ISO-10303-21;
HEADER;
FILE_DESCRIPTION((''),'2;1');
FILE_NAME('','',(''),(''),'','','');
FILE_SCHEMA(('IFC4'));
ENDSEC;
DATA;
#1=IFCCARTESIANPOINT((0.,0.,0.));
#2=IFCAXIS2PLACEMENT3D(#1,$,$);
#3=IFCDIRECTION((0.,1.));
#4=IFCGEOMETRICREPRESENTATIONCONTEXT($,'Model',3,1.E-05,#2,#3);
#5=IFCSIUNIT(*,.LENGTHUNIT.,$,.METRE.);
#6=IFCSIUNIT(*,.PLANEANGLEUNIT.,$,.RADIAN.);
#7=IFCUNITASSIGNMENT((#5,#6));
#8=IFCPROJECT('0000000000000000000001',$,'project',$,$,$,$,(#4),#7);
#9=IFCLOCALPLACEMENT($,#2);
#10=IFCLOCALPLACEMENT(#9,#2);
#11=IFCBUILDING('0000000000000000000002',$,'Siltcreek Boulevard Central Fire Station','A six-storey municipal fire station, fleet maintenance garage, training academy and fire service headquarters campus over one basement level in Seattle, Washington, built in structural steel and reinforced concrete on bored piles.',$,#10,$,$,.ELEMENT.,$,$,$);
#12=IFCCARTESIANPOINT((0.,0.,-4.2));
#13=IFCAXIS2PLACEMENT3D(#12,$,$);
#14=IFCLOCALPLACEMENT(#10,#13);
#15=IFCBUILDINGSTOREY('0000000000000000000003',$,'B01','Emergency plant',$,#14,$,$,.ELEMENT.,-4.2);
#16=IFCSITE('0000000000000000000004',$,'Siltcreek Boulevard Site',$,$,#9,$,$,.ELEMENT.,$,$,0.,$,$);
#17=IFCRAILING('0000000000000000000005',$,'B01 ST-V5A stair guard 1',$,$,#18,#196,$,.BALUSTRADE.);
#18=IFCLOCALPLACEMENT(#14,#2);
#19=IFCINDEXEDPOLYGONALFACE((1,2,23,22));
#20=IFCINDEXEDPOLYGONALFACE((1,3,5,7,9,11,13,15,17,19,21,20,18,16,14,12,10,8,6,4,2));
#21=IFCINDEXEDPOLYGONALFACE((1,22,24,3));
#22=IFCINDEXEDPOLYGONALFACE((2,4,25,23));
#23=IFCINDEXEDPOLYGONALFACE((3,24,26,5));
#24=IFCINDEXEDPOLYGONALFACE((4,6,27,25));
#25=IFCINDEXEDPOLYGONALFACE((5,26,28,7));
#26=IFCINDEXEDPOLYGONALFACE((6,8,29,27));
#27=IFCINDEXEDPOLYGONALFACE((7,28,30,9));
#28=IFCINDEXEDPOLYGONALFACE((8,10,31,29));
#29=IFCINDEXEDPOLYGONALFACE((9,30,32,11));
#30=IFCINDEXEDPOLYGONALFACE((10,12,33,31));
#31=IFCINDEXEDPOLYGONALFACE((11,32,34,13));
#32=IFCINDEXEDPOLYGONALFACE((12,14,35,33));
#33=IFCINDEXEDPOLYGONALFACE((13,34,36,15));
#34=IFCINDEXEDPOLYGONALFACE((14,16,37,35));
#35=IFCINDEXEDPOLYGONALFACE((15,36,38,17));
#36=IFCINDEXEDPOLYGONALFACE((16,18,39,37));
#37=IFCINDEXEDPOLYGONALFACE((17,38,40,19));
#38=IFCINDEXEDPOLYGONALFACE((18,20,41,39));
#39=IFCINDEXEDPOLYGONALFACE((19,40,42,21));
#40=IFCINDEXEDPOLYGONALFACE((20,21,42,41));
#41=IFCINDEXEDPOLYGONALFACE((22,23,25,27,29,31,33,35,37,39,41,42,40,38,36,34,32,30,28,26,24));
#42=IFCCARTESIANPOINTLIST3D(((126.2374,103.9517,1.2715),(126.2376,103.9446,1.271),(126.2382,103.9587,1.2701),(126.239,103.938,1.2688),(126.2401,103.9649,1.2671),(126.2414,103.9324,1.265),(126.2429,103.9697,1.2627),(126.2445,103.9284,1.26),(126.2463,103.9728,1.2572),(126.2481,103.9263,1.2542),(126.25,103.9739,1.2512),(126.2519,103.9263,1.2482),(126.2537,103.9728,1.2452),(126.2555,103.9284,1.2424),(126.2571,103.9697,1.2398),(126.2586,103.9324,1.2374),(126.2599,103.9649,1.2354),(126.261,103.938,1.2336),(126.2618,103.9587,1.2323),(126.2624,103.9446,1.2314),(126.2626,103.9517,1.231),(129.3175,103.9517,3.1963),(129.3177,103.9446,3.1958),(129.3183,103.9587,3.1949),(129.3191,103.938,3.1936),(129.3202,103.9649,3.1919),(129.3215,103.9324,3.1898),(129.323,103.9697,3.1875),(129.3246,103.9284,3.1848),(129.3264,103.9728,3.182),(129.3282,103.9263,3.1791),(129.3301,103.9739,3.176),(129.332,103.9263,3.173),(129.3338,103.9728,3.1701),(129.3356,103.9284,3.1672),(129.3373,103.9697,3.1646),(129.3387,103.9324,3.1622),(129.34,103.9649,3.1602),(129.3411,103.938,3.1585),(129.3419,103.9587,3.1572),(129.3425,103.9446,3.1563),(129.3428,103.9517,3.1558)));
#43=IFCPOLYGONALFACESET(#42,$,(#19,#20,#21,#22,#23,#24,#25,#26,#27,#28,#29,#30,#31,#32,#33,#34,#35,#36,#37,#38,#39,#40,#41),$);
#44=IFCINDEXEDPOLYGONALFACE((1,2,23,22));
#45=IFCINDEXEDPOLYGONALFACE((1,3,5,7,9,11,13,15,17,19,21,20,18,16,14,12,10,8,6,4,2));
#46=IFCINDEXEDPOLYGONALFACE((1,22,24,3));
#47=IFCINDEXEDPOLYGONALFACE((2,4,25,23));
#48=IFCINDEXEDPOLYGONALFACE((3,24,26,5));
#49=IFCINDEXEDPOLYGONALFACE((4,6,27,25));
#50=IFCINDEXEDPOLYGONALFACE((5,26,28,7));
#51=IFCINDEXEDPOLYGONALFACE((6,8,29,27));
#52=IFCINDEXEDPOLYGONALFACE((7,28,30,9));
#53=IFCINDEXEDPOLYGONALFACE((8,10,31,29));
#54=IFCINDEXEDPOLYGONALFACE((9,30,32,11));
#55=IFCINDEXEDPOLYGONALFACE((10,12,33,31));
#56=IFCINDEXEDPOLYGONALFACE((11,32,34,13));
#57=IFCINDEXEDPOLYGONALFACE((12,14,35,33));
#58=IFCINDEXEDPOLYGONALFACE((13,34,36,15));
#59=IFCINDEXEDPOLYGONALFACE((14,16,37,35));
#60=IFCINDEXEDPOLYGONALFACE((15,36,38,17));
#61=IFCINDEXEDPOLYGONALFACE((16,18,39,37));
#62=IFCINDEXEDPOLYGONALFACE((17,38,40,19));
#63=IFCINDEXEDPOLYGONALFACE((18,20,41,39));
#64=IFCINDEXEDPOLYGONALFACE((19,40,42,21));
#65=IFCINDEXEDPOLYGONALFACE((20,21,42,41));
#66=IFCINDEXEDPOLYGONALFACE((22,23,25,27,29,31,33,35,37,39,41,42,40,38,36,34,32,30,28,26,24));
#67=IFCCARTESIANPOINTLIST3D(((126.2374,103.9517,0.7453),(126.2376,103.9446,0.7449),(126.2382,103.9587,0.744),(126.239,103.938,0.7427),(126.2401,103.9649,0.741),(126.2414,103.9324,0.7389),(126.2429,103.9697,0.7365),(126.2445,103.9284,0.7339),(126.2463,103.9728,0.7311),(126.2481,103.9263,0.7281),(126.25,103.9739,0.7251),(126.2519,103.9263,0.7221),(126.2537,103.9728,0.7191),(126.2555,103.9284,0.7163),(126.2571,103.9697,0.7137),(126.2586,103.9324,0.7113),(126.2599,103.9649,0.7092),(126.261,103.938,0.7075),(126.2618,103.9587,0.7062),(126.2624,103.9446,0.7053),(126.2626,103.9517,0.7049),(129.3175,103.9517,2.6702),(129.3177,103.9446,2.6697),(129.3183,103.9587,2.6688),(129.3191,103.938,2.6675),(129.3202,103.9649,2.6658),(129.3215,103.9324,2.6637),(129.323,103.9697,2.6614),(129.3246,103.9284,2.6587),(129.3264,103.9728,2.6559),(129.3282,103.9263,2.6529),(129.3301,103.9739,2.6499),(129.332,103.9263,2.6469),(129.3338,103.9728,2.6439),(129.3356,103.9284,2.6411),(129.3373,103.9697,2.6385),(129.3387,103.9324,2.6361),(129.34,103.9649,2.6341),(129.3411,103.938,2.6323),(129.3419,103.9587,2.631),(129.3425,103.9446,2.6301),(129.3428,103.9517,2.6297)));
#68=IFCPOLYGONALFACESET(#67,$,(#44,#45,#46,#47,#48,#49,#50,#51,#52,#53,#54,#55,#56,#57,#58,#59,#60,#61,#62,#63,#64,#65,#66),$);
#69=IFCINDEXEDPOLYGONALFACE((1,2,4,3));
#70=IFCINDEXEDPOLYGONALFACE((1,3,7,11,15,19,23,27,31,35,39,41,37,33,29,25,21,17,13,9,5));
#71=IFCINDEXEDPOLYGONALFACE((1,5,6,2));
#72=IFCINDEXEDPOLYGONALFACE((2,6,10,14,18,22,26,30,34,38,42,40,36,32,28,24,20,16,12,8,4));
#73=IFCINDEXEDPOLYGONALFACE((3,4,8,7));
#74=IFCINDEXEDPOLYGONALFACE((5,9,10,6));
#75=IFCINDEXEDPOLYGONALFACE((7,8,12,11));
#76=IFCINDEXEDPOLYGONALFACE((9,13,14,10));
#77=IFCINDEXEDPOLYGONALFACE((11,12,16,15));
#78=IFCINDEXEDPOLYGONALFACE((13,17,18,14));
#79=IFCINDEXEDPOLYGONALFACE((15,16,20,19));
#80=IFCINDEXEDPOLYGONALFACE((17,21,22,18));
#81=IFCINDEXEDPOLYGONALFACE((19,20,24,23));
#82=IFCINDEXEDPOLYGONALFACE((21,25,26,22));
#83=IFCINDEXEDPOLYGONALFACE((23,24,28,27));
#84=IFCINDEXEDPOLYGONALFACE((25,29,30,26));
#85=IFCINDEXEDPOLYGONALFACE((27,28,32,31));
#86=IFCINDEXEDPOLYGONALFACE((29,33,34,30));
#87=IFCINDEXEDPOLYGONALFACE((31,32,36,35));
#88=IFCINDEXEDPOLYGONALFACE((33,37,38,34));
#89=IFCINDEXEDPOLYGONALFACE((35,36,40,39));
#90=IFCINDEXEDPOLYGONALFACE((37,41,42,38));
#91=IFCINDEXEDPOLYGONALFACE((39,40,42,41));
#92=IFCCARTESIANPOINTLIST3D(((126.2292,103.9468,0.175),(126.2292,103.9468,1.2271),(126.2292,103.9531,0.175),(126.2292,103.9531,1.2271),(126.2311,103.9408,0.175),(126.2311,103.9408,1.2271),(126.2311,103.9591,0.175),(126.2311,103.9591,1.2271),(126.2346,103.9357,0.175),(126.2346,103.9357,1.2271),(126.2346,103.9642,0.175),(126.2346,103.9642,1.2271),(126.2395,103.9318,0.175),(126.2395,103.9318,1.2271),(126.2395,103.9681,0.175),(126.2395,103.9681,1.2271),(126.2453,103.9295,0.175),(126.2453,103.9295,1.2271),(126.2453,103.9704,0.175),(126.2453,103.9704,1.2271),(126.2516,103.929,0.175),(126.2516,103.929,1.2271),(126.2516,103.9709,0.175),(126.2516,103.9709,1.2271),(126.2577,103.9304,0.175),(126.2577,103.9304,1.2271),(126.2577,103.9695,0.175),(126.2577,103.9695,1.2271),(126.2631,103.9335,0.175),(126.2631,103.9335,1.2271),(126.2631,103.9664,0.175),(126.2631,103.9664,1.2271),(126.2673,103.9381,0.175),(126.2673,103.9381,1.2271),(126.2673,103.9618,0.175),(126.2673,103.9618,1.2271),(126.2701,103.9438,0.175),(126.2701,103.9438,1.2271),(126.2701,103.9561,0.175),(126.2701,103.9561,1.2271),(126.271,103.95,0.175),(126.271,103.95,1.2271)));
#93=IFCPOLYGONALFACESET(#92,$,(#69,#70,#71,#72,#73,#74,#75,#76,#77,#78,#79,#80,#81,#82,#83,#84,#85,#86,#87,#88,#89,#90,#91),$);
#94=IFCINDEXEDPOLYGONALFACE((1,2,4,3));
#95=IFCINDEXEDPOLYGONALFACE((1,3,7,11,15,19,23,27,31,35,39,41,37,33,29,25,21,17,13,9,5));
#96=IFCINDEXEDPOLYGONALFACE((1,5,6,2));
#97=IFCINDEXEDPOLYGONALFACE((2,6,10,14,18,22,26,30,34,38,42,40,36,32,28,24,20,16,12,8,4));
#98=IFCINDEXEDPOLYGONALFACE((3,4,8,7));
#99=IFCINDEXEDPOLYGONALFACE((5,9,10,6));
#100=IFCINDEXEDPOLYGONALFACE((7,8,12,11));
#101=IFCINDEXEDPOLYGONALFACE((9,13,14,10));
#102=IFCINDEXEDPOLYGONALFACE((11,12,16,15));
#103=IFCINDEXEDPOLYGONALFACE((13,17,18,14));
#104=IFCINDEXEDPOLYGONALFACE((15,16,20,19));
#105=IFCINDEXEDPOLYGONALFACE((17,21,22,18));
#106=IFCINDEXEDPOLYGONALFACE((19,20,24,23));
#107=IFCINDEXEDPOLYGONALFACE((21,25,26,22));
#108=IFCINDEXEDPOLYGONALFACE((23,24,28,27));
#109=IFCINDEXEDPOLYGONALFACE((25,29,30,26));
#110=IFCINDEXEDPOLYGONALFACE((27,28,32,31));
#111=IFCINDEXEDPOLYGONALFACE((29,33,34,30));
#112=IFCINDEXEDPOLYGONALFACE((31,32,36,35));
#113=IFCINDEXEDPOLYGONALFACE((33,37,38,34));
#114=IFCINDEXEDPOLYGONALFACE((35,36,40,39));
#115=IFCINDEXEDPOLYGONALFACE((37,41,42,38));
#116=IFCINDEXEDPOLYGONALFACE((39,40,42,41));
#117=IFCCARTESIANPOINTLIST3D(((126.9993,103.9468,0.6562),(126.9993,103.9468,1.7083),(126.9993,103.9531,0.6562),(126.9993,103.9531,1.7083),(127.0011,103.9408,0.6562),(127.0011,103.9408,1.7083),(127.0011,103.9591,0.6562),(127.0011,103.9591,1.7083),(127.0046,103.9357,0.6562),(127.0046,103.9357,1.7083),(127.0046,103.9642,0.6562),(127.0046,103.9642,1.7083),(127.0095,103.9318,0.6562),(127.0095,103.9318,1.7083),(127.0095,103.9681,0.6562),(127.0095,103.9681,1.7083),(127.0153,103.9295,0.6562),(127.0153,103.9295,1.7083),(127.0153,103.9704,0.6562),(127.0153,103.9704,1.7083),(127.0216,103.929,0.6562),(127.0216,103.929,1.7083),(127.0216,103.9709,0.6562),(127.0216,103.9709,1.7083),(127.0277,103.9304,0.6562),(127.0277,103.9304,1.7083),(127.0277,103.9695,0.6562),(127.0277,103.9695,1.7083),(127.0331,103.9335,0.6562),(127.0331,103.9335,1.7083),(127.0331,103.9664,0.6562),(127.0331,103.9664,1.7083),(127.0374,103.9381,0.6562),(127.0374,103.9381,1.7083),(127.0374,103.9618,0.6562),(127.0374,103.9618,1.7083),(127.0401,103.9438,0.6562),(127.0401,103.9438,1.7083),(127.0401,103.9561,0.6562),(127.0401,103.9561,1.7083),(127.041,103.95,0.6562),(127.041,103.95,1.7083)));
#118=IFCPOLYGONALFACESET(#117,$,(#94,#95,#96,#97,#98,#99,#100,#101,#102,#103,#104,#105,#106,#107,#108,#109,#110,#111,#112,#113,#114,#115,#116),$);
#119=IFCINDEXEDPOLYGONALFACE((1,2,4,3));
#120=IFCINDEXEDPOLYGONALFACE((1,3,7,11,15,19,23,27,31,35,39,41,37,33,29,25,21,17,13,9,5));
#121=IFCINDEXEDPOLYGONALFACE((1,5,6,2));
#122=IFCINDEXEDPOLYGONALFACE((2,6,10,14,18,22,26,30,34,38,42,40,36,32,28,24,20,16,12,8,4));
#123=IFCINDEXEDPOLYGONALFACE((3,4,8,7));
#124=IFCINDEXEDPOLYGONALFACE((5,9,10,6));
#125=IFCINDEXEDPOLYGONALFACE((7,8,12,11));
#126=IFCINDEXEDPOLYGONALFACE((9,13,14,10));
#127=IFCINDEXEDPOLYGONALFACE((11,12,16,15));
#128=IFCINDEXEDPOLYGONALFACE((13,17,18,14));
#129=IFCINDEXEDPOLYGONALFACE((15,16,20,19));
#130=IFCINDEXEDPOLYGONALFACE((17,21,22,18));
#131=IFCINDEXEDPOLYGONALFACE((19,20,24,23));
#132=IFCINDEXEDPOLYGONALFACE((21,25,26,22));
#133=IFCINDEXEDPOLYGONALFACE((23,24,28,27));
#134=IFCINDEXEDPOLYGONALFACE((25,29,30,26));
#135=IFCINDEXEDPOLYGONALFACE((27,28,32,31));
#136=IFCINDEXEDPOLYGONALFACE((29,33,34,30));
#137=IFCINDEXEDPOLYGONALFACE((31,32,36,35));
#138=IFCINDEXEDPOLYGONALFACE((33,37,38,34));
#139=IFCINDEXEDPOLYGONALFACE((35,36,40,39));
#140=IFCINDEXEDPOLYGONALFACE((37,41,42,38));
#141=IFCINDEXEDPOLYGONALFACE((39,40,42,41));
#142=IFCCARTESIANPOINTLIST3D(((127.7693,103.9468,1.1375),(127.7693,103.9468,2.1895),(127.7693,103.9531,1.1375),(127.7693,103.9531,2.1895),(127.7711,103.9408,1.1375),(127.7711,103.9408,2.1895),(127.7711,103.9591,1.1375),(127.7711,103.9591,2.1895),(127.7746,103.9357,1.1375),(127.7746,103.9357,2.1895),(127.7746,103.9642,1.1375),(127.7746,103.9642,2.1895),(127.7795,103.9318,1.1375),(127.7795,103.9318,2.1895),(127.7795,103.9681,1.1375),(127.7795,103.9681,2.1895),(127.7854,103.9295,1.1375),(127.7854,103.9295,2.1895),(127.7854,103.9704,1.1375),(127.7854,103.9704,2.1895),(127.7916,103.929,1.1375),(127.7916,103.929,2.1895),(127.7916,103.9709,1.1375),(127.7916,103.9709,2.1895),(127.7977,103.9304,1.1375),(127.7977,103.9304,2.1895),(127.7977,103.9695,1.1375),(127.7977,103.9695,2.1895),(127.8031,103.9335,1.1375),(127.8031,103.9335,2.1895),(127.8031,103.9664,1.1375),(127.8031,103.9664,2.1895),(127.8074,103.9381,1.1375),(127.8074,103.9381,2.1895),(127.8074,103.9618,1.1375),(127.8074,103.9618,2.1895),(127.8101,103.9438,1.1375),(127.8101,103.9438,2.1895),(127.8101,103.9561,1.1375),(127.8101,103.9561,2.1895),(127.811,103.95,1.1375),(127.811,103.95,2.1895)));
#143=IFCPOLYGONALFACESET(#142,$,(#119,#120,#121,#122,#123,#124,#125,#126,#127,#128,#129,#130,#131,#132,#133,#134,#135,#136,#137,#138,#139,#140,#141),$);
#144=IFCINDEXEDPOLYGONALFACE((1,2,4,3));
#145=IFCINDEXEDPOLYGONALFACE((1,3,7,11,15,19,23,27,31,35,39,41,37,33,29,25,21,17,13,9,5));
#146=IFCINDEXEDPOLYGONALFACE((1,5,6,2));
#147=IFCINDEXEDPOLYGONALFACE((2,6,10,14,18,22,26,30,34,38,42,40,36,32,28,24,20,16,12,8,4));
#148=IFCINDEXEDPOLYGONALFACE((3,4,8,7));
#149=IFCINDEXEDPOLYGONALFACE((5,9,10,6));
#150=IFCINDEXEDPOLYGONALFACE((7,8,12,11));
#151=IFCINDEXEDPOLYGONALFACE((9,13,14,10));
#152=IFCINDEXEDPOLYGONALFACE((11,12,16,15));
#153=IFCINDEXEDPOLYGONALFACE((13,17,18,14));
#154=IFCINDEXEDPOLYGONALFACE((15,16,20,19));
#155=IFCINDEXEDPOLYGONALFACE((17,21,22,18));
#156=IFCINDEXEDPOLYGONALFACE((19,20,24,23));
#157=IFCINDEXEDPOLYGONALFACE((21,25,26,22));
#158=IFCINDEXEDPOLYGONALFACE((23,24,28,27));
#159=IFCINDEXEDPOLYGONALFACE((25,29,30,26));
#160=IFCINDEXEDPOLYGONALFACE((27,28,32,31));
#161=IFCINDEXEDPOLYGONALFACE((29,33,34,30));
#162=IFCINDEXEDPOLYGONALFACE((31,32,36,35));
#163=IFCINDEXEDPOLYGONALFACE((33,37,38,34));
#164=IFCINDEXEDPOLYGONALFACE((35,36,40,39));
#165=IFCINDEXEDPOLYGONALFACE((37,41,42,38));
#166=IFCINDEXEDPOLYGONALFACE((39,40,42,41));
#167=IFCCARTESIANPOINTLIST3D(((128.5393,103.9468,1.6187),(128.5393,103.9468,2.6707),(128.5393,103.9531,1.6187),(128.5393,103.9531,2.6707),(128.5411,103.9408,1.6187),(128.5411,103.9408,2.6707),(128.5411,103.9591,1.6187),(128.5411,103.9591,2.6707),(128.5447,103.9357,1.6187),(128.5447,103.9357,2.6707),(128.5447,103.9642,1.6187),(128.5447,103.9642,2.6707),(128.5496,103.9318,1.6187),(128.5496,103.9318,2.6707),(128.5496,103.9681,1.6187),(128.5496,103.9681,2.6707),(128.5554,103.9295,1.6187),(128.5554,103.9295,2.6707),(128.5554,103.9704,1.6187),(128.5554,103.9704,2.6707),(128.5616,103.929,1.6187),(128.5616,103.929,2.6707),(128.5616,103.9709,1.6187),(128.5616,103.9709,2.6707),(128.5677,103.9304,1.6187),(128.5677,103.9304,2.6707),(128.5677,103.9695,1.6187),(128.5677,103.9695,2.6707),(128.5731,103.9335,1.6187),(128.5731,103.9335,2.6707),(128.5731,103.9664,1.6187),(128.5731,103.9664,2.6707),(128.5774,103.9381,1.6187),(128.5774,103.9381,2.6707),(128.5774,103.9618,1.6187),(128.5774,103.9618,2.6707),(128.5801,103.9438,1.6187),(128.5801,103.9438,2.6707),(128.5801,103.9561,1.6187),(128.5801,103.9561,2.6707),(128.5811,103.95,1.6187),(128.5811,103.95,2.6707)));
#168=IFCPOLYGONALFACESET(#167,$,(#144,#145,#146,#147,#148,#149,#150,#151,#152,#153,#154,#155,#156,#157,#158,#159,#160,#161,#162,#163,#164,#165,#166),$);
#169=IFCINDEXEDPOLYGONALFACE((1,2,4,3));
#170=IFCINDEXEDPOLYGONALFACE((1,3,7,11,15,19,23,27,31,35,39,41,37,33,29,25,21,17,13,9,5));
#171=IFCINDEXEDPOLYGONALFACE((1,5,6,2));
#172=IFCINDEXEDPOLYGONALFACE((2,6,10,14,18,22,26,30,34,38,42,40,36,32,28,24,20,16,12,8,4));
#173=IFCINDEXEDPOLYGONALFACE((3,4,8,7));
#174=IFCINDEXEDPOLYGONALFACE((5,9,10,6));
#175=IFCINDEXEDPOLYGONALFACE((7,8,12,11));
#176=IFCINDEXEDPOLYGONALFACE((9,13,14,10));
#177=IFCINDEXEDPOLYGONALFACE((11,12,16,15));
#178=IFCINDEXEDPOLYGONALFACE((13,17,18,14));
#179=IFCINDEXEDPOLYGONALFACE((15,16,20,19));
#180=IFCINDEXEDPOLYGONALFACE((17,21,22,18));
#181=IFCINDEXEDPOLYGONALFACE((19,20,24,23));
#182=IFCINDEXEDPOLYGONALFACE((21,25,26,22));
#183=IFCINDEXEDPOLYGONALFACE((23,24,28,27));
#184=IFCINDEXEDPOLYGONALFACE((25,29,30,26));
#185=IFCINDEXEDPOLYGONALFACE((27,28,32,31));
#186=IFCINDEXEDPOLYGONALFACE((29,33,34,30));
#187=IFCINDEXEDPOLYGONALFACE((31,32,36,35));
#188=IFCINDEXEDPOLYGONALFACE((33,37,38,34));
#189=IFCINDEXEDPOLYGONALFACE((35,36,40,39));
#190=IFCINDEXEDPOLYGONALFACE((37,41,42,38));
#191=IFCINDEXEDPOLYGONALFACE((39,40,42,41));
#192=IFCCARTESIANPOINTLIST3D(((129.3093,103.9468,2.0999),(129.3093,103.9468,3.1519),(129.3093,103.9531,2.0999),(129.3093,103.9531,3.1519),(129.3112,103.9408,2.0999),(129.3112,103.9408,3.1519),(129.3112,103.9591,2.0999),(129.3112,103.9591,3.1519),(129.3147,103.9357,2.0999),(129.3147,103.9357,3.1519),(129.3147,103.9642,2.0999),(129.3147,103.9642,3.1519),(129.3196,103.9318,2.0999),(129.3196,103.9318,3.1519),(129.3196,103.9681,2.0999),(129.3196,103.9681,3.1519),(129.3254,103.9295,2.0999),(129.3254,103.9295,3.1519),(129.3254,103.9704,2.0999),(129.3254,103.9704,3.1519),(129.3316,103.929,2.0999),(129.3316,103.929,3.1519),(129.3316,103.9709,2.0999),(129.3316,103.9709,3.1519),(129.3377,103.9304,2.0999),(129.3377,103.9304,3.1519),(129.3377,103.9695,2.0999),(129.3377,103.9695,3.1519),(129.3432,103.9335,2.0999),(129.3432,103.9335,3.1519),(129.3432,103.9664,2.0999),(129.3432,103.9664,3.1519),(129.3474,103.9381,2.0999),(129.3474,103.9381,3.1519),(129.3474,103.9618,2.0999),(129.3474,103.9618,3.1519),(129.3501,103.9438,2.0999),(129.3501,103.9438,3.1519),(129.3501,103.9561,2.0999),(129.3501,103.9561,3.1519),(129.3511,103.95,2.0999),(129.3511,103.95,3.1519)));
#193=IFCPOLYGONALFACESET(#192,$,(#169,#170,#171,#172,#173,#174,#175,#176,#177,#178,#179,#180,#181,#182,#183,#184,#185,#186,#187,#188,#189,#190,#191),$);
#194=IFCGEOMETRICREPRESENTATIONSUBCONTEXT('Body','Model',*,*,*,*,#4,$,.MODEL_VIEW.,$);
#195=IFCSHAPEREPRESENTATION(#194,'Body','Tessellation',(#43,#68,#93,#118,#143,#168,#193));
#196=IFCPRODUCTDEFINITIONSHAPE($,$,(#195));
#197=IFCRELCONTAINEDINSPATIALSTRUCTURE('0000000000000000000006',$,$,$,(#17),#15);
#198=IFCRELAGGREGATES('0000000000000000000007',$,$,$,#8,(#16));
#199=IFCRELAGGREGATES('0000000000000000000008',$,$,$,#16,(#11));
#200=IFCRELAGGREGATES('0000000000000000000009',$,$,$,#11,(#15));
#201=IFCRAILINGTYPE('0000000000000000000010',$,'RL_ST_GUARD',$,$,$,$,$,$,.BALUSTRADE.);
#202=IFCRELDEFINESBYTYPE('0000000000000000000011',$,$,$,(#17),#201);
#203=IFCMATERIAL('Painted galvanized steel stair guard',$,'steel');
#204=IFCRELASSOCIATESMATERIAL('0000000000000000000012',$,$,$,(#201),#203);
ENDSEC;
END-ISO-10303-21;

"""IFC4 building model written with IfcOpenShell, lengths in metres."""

from ifc_helpers import new_model, si_unit, direction, frame, origin, origin_2d, place, context, subcontext, project, spatial, circle, extrude, material, type_object, element, save


model = new_model("IFC4")

# Units and contexts
model_context = context("Model", 3, precision=1e-05, world=origin(), true_north=direction((0.0, 1.0)))
body_context = subcontext(model_context, "Body", "Model", "MODEL_VIEW")
ifc_project = project(units=[si_unit("LENGTHUNIT", "METRE"), si_unit("PLANEANGLEUNIT", "RADIAN")], contexts=[model_context])

# Site, building, storey
site_placement = place(None, origin())
site = spatial("IfcSite", under=ifc_project, at=site_placement, Name="Siltcreek Boulevard Site", CompositionType="ELEMENT", RefElevation=0.0)
building_placement = place(site_placement, origin())
building = spatial("IfcBuilding", under=site, at=building_placement, Name="Siltcreek Boulevard Central Fire Station", Description="A six-storey municipal fire station, fleet maintenance garage, training academy and fire service headquarters campus over one basement level in Seattle, Washington, built in structural steel and reinforced concrete on bored piles.", CompositionType="ELEMENT")
storey_placement = place(building_placement, frame((0.0, 0.0, -4.2)))
storey = spatial("IfcBuildingStorey", under=building, at=storey_placement, Name="B01", Description="Emergency plant", CompositionType="ELEMENT", Elevation=-4.2)

# Railing
ifc_material_1 = material(Name="Painted galvanized steel stair guard", Category="steel")
railing_type_1 = type_object("IfcRailingType", Name="RL_ST_GUARD", PredefinedType="BALUSTRADE", material=ifc_material_1)
railing_1_placement = place(storey_placement, frame((126.25, 103.95, 0.175)))
element("IfcRailing", 1, at=railing_1_placement, inside=storey, type_object=railing_type_1, Name="B01 ST-V5A stair guard 1", PredefinedType="BALUSTRADE", context=body_context, shape_type="SweptSolid", body=[
    extrude(circle(Radius=0.0239, at=origin_2d()), frame((0.0, 0.0, 1.0762), z_axis=(0.848029, 0.0, 0.529951), x_axis=(0.0, 1.0, 0.0)), (0.0, 0.0, 1.0), 3.6321),
    extrude(circle(Radius=0.0239, at=origin_2d()), frame((0.0, 0.0, 0.55), z_axis=(0.848029, 0.0, 0.529951), x_axis=(0.0, 1.0, 0.0)), (0.0, 0.0, 1.0), 3.6321),
    extrude(circle(Radius=0.021, at=origin_2d()), origin(), (0.0, 0.0, 1.0), 1.052),
    extrude(circle(Radius=0.021, at=origin_2d()), frame((0.77, 0.0, 0.4812)), (0.0, 0.0, 1.0), 1.052),
    extrude(circle(Radius=0.021, at=origin_2d()), frame((1.54, 0.0, 0.9624)), (0.0, 0.0, 1.0), 1.052),
    extrude(circle(Radius=0.021, at=origin_2d()), frame((2.3101, 0.0, 1.4436)), (0.0, 0.0, 1.0), 1.052),
    extrude(circle(Radius=0.021, at=origin_2d()), frame((3.0801, 0.0, 1.9248)), (0.0, 0.0, 1.0), 1.052),
])

save(model, "model.ifc")
